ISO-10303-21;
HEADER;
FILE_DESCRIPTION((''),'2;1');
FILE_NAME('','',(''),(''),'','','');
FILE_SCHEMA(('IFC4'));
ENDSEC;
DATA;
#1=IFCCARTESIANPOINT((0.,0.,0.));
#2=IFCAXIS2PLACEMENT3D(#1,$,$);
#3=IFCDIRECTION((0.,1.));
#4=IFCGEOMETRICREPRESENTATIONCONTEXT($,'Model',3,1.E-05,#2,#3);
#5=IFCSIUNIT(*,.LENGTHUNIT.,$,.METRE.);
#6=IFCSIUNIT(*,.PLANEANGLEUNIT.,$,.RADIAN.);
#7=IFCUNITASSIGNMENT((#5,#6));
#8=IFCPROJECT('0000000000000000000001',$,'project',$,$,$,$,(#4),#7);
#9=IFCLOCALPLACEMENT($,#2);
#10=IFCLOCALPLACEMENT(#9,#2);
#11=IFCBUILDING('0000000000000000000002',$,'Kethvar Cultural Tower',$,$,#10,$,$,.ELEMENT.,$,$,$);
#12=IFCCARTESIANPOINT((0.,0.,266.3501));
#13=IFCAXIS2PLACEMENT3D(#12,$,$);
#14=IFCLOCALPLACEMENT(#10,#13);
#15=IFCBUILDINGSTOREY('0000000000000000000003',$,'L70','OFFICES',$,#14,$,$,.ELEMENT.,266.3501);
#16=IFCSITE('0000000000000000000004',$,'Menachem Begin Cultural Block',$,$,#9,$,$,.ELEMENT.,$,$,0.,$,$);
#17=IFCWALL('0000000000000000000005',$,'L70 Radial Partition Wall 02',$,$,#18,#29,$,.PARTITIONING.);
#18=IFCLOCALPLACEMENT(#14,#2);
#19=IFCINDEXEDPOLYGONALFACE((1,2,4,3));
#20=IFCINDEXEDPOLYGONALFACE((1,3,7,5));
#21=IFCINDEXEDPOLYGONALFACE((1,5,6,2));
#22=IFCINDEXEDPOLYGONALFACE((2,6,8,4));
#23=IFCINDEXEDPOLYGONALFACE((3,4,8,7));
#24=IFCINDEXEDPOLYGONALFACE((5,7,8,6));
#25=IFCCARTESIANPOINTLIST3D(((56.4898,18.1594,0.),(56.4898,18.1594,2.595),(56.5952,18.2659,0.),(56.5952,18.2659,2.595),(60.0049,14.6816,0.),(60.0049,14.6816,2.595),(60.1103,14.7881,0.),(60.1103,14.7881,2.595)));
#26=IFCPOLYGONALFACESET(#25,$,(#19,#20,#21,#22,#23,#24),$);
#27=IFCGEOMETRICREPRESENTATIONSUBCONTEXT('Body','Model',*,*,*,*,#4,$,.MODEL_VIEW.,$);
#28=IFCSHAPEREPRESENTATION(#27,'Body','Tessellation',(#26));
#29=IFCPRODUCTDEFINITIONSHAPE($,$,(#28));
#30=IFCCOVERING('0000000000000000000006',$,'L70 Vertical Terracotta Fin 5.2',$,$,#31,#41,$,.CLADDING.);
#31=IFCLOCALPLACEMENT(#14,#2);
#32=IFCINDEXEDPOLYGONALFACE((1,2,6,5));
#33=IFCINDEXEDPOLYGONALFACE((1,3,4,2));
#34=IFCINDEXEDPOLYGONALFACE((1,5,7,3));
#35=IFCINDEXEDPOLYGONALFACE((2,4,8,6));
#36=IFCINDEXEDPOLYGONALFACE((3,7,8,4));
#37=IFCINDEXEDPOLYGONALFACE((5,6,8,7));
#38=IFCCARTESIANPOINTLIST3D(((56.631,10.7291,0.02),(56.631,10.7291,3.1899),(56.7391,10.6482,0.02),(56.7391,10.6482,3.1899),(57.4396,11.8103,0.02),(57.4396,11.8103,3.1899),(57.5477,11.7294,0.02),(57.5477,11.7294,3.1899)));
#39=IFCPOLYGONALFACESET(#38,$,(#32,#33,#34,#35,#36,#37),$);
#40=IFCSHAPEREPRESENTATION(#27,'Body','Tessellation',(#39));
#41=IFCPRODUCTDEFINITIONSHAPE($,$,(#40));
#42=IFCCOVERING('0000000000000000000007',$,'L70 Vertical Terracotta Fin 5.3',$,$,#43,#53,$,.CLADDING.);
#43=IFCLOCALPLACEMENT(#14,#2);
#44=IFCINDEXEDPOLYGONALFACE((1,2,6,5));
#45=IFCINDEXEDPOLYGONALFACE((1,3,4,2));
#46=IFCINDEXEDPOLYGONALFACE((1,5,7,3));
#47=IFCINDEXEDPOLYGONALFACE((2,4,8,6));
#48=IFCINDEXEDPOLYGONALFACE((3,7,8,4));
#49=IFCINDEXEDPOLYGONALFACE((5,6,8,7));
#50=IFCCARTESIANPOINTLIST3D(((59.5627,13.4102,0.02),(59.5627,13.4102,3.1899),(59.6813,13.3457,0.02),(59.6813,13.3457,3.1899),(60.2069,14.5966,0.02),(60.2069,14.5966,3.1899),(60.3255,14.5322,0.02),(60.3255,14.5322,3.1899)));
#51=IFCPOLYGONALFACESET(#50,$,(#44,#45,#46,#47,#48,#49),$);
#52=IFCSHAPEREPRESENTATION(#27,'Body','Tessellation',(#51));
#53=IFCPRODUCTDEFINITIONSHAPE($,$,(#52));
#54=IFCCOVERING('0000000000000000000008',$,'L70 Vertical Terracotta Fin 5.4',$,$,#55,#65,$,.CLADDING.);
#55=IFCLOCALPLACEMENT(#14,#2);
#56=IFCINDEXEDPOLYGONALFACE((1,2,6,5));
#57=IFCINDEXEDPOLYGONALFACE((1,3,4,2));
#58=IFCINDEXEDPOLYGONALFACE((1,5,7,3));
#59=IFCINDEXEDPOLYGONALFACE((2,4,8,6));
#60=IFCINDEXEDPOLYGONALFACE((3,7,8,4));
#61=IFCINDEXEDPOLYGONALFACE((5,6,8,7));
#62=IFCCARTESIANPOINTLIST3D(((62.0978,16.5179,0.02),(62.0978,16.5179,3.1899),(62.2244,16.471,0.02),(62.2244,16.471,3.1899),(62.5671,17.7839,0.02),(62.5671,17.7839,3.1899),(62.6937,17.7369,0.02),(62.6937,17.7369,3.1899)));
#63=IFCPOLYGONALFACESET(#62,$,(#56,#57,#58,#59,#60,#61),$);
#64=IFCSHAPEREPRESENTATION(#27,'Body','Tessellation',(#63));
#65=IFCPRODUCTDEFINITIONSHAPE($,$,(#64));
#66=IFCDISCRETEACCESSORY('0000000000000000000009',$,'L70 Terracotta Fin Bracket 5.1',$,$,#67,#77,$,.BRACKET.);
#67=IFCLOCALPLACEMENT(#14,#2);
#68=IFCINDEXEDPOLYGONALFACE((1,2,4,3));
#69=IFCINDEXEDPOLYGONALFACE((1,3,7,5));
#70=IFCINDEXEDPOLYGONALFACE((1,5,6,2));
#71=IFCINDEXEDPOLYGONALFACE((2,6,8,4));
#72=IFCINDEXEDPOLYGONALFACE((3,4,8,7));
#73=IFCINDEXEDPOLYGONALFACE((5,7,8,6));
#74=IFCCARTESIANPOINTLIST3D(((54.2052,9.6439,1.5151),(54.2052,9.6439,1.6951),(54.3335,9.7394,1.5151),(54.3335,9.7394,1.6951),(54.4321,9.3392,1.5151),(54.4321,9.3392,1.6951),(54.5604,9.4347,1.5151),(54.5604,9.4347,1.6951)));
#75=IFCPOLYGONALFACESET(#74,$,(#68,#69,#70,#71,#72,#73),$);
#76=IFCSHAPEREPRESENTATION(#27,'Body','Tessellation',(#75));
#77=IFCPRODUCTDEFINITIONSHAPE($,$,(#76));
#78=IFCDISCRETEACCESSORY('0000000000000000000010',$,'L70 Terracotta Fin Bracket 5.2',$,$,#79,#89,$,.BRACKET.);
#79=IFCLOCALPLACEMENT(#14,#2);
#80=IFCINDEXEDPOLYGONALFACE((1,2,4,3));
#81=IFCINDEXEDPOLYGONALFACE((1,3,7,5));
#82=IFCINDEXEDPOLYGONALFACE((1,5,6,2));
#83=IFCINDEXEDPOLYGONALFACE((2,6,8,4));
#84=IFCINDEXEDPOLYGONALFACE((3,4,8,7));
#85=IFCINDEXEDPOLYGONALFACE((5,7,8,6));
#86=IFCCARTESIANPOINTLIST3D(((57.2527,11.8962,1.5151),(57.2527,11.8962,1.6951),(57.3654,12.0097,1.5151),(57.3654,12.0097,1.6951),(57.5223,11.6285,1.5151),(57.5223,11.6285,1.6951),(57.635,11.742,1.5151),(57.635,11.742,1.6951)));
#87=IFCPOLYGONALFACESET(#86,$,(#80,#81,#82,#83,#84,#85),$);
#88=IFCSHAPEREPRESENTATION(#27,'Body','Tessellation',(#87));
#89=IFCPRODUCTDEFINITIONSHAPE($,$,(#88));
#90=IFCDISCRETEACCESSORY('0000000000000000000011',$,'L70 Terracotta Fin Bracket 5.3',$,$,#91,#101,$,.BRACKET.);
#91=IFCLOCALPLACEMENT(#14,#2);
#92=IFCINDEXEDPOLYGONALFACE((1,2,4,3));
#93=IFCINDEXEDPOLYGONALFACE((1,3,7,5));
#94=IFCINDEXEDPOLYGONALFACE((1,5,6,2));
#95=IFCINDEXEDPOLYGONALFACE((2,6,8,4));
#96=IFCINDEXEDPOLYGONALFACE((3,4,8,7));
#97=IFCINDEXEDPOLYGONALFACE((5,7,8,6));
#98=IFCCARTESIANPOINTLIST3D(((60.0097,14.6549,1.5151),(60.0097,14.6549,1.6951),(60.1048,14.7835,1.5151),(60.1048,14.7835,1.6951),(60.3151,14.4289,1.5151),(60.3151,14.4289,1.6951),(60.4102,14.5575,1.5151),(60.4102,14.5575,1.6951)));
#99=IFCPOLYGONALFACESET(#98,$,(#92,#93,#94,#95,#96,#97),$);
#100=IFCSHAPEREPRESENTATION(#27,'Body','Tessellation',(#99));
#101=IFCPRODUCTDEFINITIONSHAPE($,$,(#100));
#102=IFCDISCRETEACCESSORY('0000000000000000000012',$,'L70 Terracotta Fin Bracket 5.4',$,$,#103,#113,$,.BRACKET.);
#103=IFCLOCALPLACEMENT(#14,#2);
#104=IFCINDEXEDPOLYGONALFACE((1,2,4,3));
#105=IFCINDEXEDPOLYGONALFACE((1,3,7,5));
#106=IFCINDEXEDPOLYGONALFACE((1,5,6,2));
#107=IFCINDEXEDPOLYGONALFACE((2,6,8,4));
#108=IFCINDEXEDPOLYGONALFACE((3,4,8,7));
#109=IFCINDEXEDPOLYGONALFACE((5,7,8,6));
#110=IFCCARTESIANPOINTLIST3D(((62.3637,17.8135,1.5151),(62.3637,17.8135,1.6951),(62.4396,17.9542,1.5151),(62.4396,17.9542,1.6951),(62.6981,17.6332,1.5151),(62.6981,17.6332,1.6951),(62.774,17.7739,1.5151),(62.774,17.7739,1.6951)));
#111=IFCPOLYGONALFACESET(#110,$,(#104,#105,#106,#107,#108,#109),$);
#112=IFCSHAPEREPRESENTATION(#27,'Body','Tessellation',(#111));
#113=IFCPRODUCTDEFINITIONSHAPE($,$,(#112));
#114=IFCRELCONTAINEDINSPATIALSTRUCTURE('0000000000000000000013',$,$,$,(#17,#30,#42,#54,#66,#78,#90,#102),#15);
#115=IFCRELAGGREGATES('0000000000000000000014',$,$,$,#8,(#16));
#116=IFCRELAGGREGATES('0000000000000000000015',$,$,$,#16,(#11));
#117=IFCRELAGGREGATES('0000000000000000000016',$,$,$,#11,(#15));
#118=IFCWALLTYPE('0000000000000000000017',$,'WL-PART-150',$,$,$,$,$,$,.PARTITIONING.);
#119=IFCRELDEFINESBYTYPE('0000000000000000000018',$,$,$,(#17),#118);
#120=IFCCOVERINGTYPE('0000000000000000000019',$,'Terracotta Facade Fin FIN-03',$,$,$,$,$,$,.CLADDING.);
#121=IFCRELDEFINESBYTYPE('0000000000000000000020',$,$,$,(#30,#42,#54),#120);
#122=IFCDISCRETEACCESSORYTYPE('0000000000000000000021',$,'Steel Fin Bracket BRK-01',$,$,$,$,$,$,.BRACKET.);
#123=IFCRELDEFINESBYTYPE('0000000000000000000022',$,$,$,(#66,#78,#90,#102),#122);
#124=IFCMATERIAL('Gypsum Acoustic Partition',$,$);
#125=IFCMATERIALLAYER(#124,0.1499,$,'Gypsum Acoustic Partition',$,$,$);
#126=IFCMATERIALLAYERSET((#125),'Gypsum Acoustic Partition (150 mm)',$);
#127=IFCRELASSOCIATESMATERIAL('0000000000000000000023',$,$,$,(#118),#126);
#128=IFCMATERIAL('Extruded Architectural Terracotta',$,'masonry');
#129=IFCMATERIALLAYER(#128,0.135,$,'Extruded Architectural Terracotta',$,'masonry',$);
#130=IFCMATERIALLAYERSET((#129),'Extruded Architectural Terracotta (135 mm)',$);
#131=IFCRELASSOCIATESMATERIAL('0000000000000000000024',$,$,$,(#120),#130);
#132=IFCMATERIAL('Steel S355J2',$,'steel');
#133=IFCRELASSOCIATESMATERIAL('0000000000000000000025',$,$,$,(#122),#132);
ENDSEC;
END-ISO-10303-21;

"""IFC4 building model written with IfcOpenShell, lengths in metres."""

from ifc_helpers import new_model, si_unit, direction, frame, frame_2d, origin, origin_2d, place, context, subcontext, project, spatial, rectangle, extrude, source, transform, mapped, material, layer, layer_set, type_object, element, save


model = new_model("IFC4")

# Units and contexts
model_context = context("Model", 3, precision=1e-05, world=origin(), true_north=direction((0.0, 1.0)))
body_context = subcontext(model_context, "Body", "Model", "MODEL_VIEW")
ifc_project = project(units=[si_unit("LENGTHUNIT", "METRE"), si_unit("PLANEANGLEUNIT", "RADIAN")], contexts=[model_context])

# Site, building, storey
site_placement = place(None, origin())
site = spatial("IfcSite", under=ifc_project, at=site_placement, Name="Menachem Begin Cultural Block", CompositionType="ELEMENT", RefElevation=0.0)
building_placement = place(site_placement, origin())
building = spatial("IfcBuilding", under=site, at=building_placement, Name="Kethvar Cultural Tower", CompositionType="ELEMENT")
storey_placement = place(building_placement, frame((0.0, 0.0, 266.3501)))
storey = spatial("IfcBuildingStorey", under=building, at=storey_placement, Name="L70", Description="OFFICES", CompositionType="ELEMENT", Elevation=266.3501)

# Shared definitions
ifc_material_1 = material(Name="Steel S355J2", Category="steel")

# Wall
ifc_material_2 = material(Name="Gypsum Acoustic Partition")
ifc_layer_1 = layer(ifc_material_2, 0.1499, Name="Gypsum Acoustic Partition")
ifc_layer_set_1 = layer_set([ifc_layer_1], Name="Gypsum Acoustic Partition (150 mm)")
wall_type_1 = type_object("IfcWallType", Name="WL-PART-150", PredefinedType="PARTITIONING", material=ifc_layer_set_1)
wall_1_placement = place(storey_placement, frame((56.5425, 18.2126, 0.0), z_axis=(0.0, 0.0, 1.0), x_axis=(0.710874, -0.70332, 0.0)))
element("IfcWall", 1, at=wall_1_placement, inside=storey, type_object=wall_type_1, Name="L70 Radial Partition Wall 02", PredefinedType="PARTITIONING", context=body_context, shape_type="SweptSolid", body=[
    extrude(rectangle(XDim=4.9448, YDim=0.1499, at=frame_2d((2.4724, 0.0))), origin(), (0.0, 0.0, 1.0), 2.595),
])

# Coverings
ifc_material_3 = material(Name="Extruded Architectural Terracotta", Category="masonry")
ifc_layer_2 = layer(ifc_material_3, 0.135, Name="Extruded Architectural Terracotta", Category="masonry")
ifc_layer_set_2 = layer_set([ifc_layer_2], Name="Extruded Architectural Terracotta (135 mm)")
covering_type = type_object("IfcCoveringType", Name="Terracotta Facade Fin FIN-03", PredefinedType="CLADDING", material=ifc_layer_set_2)
shared_shape_1 = source(origin(), body_context, "Body", "SweptSolid", [
    extrude(rectangle(XDim=1.3501, YDim=0.135, at=origin_2d()), origin(), (0.0, 0.0, 1.0), 3.1699),
])
for number, where, z_axis, x_axis, name in (
    (2, (57.0894, 11.2292, 0.02), (0.0, 0.0, 1.0), (-0.598884, -0.800836, 0.0), "L70 Vertical Terracotta Fin 5.2"),
    (3, (59.9441, 13.9712, 0.02), (0.0, 0.0, 1.0), (-0.477159, -0.878817, 0.0), "L70 Vertical Terracotta Fin 5.3"),
    (4, (62.3958, 17.1274, 0.02), (0.0, 0.0, 1.0), (-0.34759, -0.937646, 0.0), "L70 Vertical Terracotta Fin 5.4"),
):
    element("IfcCovering", number, at=place(storey_placement, frame(where, z_axis=z_axis, x_axis=x_axis)), inside=storey, type_object=covering_type, Name=name, PredefinedType="CLADDING", context=body_context, shape_type="MappedRepresentation", body=[
        mapped(shared_shape_1, transform((0.0, 0.0, 0.0), scale=1.0)),
    ])

# Discrete accessories
discrete_accessory_type = type_object("IfcDiscreteAccessoryType", Name="Steel Fin Bracket BRK-01", PredefinedType="BRACKET", material=ifc_material_1)
shared_shape_2 = source(origin(), body_context, "Body", "SweptSolid", [
    extrude(rectangle(XDim=0.3799, YDim=0.1599, at=origin_2d()), origin(), (0.0, 0.0, 1.0), 0.1799),
])
for number, where, z_axis, x_axis, name in (
    (5, (54.3828, 9.5393, 1.5151), (0.0, 0.0, 1.0), (0.597345, -0.801984, 0.0), "L70 Terracotta Fin Bracket 5.1"),
    (6, (57.4438, 11.8191, 1.5151), (0.0, 0.0, 1.0), (0.709694, -0.70451, 0.0), "L70 Terracotta Fin Bracket 5.2"),
    (7, (60.21, 14.6062, 1.5151), (0.0, 0.0, 1.0), (0.803857, -0.594823, 0.0), "L70 Terracotta Fin Bracket 5.3"),
    (8, (62.5688, 17.7937, 1.5151), (0.0, 0.0, 1.0), (0.880146, -0.474703, 0.0), "L70 Terracotta Fin Bracket 5.4"),
):
    element("IfcDiscreteAccessory", number, at=place(storey_placement, frame(where, z_axis=z_axis, x_axis=x_axis)), inside=storey, type_object=discrete_accessory_type, Name=name, PredefinedType="BRACKET", context=body_context, shape_type="MappedRepresentation", body=[
        mapped(shared_shape_2, transform((0.0, 0.0, 0.0), scale=1.0)),
    ])

save(model, "model.ifc")
